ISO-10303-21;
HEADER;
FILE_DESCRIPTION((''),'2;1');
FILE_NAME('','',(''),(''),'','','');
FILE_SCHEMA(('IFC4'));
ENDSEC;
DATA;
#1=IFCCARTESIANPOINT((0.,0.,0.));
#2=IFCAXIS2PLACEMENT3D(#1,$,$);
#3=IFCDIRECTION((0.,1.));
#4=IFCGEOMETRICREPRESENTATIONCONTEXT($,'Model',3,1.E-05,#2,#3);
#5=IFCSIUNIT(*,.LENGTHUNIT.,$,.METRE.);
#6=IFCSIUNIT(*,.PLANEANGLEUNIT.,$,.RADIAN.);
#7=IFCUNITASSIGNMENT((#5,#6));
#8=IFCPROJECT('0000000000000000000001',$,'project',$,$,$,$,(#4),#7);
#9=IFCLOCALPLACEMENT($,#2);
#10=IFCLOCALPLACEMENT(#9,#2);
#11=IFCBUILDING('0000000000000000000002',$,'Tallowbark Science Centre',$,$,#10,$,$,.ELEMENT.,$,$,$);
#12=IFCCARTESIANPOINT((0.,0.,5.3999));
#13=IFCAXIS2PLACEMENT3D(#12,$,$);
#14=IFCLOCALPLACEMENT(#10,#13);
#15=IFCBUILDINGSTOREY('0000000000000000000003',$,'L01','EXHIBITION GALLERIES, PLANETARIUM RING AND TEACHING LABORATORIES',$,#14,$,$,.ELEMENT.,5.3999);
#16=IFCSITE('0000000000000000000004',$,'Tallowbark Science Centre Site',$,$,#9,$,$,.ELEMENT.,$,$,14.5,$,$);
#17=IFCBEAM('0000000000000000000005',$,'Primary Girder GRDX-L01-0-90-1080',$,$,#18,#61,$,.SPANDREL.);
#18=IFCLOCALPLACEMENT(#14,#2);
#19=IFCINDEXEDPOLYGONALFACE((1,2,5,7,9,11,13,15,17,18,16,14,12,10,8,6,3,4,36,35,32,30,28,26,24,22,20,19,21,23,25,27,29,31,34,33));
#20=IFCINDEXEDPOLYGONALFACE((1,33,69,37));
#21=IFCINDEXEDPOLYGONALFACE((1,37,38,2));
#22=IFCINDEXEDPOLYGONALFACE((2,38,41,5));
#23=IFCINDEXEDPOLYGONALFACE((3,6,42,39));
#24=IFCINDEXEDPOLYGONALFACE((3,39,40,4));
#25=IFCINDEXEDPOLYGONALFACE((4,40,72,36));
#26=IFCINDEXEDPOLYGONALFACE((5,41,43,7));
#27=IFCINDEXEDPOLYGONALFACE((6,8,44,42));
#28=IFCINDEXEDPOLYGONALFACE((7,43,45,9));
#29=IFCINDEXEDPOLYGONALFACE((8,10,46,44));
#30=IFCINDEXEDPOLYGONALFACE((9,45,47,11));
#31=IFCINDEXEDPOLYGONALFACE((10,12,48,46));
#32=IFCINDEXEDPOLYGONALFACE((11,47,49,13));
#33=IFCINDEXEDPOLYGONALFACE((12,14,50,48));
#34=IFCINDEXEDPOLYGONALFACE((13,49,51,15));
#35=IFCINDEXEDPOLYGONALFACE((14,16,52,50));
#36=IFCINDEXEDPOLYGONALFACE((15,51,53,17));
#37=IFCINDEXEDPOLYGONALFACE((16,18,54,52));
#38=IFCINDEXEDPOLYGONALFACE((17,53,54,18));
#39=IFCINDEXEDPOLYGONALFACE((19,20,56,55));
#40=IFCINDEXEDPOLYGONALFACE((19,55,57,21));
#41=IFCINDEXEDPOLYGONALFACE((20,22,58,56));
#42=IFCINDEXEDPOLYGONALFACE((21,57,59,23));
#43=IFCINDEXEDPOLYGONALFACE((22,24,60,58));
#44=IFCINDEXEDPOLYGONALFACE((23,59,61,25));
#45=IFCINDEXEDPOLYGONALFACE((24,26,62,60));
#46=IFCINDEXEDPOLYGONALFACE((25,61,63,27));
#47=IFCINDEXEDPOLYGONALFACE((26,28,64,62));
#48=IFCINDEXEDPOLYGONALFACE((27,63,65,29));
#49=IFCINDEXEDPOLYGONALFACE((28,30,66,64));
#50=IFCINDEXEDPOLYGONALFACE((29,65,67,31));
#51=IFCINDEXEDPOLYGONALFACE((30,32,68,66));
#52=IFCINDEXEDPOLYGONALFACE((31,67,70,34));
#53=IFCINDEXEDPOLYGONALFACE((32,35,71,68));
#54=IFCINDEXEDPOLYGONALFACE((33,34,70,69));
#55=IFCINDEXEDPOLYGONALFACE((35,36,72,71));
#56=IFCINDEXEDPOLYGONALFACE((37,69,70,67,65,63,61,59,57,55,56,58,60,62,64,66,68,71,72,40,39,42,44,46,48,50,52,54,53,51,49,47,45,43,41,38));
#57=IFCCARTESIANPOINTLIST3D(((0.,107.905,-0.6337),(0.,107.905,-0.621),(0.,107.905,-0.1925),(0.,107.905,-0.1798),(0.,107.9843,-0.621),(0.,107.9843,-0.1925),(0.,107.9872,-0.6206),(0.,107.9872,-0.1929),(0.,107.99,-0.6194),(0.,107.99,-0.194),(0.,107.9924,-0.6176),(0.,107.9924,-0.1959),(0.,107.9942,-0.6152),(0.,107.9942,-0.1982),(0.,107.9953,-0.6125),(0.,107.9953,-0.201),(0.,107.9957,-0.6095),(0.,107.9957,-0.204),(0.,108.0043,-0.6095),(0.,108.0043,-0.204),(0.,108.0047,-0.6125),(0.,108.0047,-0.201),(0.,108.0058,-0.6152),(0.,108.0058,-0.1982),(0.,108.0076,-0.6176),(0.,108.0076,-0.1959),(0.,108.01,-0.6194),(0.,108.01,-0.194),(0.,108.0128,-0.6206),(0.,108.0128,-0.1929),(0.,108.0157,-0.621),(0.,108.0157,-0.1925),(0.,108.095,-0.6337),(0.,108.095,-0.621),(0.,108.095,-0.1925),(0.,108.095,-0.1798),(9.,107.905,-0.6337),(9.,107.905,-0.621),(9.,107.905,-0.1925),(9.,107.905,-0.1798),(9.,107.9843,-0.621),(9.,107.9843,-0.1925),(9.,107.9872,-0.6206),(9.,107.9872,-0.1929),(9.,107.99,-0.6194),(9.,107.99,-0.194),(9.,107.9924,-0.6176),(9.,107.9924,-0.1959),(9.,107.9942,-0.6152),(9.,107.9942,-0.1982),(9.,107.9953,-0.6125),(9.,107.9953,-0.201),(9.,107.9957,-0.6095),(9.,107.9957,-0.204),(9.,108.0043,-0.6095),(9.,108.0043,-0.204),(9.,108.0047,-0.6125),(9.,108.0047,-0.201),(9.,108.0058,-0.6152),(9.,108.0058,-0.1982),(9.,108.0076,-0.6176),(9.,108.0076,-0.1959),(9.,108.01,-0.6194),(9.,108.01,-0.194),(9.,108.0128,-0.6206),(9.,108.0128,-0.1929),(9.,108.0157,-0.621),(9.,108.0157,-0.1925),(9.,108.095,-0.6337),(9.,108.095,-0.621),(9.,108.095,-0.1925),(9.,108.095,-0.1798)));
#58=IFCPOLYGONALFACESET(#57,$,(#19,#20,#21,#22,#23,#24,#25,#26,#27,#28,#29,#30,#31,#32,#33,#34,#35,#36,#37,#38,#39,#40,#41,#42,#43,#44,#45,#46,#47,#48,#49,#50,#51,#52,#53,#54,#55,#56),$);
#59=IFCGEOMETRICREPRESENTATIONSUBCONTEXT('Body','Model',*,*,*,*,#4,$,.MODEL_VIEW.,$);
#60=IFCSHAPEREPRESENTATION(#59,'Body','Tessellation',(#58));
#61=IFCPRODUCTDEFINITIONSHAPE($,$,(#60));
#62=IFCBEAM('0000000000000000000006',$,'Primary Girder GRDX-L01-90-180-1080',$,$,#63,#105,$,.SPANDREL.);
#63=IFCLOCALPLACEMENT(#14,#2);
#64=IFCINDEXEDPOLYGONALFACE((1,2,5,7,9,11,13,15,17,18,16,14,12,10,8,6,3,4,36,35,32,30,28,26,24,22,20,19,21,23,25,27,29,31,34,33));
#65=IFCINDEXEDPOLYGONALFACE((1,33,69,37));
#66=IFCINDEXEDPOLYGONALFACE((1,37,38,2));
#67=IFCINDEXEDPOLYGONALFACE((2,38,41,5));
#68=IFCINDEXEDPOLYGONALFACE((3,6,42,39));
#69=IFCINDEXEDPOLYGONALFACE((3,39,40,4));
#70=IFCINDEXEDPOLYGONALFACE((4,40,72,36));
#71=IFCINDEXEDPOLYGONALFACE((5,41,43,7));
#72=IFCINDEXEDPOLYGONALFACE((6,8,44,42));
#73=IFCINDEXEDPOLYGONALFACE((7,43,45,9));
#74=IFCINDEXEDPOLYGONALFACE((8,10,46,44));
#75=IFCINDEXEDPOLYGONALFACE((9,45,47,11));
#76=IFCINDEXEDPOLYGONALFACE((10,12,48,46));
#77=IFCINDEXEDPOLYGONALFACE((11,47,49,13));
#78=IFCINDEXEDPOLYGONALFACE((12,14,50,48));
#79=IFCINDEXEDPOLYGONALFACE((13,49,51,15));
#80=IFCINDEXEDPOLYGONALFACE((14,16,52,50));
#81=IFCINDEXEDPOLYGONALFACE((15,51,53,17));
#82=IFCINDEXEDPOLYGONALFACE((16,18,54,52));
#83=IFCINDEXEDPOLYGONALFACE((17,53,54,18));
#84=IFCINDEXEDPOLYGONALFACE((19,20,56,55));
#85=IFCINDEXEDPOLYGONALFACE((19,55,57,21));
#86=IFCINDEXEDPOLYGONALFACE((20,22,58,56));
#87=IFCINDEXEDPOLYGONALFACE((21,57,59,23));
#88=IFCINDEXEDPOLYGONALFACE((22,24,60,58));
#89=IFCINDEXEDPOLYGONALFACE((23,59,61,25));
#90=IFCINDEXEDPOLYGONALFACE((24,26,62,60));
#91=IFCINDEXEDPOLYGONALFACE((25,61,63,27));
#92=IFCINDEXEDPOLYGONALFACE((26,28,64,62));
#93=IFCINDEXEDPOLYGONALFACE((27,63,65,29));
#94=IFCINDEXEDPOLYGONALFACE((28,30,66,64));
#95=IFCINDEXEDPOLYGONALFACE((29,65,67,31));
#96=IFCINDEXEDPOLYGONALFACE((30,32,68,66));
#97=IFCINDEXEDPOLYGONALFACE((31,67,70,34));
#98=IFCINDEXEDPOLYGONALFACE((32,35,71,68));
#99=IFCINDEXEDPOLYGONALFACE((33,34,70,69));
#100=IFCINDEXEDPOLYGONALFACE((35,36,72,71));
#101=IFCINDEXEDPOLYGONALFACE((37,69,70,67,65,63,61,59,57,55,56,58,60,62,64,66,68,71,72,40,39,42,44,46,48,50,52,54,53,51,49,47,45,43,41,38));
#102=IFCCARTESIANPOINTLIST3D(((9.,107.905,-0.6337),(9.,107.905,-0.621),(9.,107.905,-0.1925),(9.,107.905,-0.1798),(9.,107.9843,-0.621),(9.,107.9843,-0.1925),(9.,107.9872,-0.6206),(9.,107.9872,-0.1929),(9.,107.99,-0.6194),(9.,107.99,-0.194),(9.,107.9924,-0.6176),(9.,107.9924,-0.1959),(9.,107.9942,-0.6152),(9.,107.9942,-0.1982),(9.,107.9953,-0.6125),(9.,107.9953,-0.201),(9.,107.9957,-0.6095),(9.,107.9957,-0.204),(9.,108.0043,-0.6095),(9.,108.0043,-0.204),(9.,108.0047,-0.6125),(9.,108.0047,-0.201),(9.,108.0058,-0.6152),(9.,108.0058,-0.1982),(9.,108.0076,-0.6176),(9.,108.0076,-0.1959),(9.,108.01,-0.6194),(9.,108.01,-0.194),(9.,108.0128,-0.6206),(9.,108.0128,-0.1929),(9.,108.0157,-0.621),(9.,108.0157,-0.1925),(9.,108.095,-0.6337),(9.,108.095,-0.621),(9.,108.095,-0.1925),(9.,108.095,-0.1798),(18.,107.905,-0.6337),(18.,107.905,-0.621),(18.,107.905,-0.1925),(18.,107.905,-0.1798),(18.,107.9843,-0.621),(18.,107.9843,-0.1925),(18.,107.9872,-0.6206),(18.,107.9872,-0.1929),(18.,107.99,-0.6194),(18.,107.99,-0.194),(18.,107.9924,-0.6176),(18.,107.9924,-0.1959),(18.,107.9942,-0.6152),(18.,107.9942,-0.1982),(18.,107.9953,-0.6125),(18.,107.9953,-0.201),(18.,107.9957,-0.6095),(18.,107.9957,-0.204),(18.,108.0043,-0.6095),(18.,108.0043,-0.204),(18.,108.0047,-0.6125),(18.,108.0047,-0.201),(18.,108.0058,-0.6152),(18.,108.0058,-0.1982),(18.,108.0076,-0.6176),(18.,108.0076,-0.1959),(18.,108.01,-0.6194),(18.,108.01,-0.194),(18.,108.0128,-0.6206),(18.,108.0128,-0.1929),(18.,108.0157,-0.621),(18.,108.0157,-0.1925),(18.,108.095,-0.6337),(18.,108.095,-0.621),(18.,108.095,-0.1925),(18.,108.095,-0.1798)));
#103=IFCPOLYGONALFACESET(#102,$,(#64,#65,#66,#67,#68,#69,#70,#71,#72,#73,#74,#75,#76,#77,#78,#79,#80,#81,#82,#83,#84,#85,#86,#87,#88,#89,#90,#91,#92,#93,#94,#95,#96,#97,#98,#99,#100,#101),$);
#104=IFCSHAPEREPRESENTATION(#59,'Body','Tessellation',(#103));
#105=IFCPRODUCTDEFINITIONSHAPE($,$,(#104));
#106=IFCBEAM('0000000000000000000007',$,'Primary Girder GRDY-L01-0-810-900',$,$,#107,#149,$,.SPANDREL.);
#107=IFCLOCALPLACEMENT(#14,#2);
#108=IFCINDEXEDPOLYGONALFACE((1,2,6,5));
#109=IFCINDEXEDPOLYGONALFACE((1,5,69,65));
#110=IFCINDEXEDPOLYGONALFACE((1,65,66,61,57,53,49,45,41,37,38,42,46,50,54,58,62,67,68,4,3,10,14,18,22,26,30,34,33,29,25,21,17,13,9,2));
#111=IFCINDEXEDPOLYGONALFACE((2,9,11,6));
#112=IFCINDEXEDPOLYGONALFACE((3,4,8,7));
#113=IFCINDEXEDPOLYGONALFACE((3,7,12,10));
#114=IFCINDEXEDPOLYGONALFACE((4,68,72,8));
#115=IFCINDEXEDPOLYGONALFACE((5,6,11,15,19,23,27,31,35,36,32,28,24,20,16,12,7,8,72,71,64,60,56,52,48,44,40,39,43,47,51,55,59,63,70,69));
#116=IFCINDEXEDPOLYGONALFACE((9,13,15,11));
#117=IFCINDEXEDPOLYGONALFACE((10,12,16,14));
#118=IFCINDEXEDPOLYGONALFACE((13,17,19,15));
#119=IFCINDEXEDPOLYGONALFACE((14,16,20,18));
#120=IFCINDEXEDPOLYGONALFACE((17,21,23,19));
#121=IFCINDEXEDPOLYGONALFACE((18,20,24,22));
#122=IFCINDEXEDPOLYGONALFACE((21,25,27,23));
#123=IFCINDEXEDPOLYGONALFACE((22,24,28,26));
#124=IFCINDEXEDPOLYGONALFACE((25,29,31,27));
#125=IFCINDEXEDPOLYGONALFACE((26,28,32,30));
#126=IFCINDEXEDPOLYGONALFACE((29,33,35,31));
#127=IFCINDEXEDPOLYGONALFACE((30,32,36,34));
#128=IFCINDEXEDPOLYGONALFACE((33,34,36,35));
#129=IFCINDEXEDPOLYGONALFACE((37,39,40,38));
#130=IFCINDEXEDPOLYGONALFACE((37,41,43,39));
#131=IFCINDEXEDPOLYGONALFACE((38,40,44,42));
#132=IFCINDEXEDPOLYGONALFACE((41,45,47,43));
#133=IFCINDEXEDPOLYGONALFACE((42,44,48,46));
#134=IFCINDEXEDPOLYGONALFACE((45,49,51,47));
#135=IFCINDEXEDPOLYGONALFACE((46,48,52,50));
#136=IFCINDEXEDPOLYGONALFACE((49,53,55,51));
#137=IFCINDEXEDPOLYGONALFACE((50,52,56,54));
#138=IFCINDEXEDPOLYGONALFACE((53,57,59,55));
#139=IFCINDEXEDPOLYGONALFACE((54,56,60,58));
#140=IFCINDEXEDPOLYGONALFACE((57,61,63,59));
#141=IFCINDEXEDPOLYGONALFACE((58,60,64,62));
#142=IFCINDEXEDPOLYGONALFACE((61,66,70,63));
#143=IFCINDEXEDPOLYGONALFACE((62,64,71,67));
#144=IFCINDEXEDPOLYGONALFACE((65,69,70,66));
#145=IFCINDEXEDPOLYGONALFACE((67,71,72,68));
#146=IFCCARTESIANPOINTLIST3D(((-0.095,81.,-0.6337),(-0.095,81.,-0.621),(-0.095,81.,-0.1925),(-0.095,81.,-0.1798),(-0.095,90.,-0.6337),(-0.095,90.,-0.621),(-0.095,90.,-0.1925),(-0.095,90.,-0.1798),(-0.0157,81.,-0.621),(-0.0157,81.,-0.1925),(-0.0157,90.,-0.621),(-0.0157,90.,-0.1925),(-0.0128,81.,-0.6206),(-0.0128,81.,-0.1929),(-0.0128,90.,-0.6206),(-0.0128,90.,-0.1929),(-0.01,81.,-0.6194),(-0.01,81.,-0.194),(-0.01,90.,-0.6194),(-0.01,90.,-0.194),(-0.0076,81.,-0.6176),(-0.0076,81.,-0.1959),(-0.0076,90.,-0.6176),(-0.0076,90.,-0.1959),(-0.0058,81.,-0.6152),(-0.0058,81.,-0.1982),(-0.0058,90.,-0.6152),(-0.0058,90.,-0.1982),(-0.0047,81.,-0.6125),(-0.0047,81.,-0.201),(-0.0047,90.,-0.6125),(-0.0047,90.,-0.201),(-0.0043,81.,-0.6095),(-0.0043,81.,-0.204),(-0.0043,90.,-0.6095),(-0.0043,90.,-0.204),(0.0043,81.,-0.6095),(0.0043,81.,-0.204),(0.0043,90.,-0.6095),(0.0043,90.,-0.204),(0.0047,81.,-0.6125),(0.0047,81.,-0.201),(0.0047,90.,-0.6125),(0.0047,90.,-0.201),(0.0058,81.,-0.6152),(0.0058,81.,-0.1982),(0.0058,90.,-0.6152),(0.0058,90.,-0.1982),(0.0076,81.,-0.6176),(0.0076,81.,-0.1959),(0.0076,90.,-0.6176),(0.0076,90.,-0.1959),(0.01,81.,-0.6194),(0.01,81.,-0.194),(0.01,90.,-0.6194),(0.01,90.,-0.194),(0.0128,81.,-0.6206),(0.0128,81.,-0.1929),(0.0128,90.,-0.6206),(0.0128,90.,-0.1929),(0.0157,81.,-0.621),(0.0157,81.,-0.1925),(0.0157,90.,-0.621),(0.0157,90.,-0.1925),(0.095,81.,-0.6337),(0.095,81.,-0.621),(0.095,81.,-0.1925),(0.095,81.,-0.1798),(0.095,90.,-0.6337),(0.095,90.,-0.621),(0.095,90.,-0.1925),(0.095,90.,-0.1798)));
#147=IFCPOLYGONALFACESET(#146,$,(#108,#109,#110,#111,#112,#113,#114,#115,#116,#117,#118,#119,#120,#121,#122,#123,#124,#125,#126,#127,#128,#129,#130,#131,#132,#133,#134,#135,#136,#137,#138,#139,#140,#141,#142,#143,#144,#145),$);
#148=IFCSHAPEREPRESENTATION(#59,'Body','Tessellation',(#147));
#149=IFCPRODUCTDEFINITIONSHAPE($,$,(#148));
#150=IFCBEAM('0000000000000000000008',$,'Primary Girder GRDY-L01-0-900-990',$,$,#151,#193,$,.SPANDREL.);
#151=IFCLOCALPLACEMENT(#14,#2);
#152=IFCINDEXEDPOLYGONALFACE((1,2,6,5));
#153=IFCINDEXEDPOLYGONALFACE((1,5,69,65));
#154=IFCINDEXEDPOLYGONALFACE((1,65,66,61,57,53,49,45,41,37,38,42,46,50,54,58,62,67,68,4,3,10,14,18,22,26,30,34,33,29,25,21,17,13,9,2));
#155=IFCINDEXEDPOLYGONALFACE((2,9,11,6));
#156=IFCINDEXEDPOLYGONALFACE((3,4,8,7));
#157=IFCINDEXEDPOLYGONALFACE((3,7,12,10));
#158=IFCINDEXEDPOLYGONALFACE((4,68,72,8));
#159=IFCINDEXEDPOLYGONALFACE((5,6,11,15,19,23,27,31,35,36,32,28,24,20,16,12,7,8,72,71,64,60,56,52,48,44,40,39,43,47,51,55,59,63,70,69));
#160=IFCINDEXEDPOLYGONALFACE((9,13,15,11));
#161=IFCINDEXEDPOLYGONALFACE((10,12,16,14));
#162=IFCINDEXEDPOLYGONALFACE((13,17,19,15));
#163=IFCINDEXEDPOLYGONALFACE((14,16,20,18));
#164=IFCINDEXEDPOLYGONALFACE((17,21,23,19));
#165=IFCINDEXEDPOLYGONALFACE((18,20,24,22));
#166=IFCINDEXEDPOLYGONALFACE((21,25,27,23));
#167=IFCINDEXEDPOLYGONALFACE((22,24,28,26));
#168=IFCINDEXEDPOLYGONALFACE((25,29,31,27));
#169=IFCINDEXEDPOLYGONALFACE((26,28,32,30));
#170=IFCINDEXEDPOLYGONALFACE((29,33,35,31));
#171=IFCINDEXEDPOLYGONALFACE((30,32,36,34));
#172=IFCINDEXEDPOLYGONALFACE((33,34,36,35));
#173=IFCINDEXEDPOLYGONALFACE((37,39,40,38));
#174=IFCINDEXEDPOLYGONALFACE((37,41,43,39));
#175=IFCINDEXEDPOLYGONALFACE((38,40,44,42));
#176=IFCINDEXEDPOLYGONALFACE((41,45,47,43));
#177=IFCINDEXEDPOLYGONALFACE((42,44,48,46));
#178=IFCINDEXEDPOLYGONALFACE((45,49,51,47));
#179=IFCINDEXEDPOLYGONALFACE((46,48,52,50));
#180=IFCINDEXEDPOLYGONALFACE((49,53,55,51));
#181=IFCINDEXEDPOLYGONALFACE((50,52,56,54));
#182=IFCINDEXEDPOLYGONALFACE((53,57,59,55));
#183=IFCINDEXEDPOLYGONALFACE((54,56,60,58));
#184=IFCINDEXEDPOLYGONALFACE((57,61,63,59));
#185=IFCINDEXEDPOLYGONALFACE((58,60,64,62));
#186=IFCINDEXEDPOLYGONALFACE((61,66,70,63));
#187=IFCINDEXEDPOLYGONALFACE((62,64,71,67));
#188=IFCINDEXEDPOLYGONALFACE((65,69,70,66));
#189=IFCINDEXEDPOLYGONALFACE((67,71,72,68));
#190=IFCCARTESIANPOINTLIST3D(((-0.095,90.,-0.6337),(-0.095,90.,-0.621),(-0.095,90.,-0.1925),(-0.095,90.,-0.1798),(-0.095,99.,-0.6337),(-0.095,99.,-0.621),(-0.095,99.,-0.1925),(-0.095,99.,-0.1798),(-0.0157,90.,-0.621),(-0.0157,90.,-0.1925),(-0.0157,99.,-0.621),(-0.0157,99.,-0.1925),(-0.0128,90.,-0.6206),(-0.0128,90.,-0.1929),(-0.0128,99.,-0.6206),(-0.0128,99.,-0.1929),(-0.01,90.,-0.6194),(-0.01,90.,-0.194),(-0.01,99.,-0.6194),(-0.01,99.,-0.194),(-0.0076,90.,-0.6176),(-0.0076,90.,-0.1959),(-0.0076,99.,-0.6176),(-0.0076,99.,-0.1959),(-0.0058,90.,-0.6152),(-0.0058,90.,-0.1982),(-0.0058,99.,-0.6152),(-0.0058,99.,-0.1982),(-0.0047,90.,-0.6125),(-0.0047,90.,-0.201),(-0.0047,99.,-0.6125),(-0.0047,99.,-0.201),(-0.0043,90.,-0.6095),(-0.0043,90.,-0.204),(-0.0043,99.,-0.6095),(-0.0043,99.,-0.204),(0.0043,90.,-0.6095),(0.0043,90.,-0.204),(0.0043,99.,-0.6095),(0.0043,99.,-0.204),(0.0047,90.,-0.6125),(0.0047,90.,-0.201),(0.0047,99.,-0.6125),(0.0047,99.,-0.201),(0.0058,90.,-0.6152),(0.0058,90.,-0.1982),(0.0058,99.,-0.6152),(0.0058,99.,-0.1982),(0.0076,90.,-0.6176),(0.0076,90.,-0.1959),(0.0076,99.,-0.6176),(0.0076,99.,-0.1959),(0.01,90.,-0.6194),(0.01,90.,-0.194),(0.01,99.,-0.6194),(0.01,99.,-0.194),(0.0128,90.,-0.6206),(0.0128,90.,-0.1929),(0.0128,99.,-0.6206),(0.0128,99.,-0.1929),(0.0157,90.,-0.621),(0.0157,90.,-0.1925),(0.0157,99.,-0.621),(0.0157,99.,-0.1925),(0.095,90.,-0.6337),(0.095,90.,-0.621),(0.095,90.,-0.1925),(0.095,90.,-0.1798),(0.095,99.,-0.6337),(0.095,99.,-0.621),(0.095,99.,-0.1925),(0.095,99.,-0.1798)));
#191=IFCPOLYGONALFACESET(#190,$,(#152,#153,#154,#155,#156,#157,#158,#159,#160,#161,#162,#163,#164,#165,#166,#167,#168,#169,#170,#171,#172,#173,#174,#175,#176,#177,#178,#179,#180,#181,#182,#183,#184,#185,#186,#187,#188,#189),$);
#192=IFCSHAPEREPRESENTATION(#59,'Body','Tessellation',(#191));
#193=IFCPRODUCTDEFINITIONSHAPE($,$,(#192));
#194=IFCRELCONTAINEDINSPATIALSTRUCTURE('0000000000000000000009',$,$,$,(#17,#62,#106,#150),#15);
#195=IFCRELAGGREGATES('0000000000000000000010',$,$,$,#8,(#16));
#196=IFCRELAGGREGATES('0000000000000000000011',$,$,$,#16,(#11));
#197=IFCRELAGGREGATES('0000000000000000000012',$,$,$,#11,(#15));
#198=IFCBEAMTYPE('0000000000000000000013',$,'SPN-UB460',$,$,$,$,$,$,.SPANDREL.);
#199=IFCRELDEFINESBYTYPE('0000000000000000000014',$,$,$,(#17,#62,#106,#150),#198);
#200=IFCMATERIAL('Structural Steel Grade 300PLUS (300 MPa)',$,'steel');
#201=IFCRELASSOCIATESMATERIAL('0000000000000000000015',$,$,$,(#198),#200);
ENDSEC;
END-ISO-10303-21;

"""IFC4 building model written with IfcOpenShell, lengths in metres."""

from ifc_helpers import new_model, si_unit, direction, frame, origin, origin_2d, place, context, subcontext, project, spatial, i_section, extrude, material, material_profile, profile_set, type_object, element, save


model = new_model("IFC4")

# Units and contexts
model_context = context("Model", 3, precision=1e-05, world=origin(), true_north=direction((0.0, 1.0)))
body_context = subcontext(model_context, "Body", "Model", "MODEL_VIEW")
ifc_project = project(units=[si_unit("LENGTHUNIT", "METRE"), si_unit("PLANEANGLEUNIT", "RADIAN")], contexts=[model_context])

# Site, building, storey
site_placement = place(None, origin())
site = spatial("IfcSite", under=ifc_project, at=site_placement, Name="Tallowbark Science Centre Site", CompositionType="ELEMENT", RefElevation=14.5)
building_placement = place(site_placement, origin())
building = spatial("IfcBuilding", under=site, at=building_placement, Name="Tallowbark Science Centre", CompositionType="ELEMENT")
storey_placement = place(building_placement, frame((0.0, 0.0, 5.3999)))
storey = spatial("IfcBuildingStorey", under=building, at=storey_placement, Name="L01", Description="EXHIBITION GALLERIES, PLANETARIUM RING AND TEACHING LABORATORIES", CompositionType="ELEMENT", Elevation=5.3999)

# Beams
ifc_material = material(Name="Structural Steel Grade 300PLUS (300 MPa)", Category="steel")
ifc_material_profile_1 = material_profile(ifc_material, i_section(OverallWidth=0.1899, OverallDepth=0.4539, WebThickness=0.0085, FlangeThickness=0.0127, FilletRadius=0.0115, at=origin_2d()), Name="460UB67.1")
ifc_profile_set_1 = profile_set([ifc_material_profile_1], Name="Structural Steel Grade 300PLUS (300 MPa)")
beam_type_1 = type_object("IfcBeamType", Name="SPN-UB460", PredefinedType="SPANDREL", material=ifc_profile_set_1)
for number, where, z_axis, x_axis, name in (
    (1, (0.0, 108.0, -0.4067), (1.0, 0.0, 0.0), (0.0, 1.0, 0.0), "Primary Girder GRDX-L01-0-90-1080"),
    (2, (9.0, 108.0, -0.4067), (1.0, 0.0, 0.0), (0.0, 1.0, 0.0), "Primary Girder GRDX-L01-90-180-1080"),
    (3, (0.0, 81.0, -0.4067), (0.0, 1.0, 0.0), (-1.0, 0.0, 0.0), "Primary Girder GRDY-L01-0-810-900"),
    (4, (0.0, 90.0, -0.4067), (0.0, 1.0, 0.0), (-1.0, 0.0, 0.0), "Primary Girder GRDY-L01-0-900-990"),
):
    element("IfcBeam", number, at=place(storey_placement, frame(where, z_axis=z_axis, x_axis=x_axis)), inside=storey, type_object=beam_type_1, Name=name, PredefinedType="SPANDREL", context=body_context, shape_type="SweptSolid", body=[
        extrude(i_section(OverallWidth=0.1899, OverallDepth=0.4539, WebThickness=0.0085, FlangeThickness=0.0127, FilletRadius=0.0115, at=origin_2d()), origin(), (0.0, 0.0, 1.0), 9.0),
    ])

save(model, "model.ifc")
